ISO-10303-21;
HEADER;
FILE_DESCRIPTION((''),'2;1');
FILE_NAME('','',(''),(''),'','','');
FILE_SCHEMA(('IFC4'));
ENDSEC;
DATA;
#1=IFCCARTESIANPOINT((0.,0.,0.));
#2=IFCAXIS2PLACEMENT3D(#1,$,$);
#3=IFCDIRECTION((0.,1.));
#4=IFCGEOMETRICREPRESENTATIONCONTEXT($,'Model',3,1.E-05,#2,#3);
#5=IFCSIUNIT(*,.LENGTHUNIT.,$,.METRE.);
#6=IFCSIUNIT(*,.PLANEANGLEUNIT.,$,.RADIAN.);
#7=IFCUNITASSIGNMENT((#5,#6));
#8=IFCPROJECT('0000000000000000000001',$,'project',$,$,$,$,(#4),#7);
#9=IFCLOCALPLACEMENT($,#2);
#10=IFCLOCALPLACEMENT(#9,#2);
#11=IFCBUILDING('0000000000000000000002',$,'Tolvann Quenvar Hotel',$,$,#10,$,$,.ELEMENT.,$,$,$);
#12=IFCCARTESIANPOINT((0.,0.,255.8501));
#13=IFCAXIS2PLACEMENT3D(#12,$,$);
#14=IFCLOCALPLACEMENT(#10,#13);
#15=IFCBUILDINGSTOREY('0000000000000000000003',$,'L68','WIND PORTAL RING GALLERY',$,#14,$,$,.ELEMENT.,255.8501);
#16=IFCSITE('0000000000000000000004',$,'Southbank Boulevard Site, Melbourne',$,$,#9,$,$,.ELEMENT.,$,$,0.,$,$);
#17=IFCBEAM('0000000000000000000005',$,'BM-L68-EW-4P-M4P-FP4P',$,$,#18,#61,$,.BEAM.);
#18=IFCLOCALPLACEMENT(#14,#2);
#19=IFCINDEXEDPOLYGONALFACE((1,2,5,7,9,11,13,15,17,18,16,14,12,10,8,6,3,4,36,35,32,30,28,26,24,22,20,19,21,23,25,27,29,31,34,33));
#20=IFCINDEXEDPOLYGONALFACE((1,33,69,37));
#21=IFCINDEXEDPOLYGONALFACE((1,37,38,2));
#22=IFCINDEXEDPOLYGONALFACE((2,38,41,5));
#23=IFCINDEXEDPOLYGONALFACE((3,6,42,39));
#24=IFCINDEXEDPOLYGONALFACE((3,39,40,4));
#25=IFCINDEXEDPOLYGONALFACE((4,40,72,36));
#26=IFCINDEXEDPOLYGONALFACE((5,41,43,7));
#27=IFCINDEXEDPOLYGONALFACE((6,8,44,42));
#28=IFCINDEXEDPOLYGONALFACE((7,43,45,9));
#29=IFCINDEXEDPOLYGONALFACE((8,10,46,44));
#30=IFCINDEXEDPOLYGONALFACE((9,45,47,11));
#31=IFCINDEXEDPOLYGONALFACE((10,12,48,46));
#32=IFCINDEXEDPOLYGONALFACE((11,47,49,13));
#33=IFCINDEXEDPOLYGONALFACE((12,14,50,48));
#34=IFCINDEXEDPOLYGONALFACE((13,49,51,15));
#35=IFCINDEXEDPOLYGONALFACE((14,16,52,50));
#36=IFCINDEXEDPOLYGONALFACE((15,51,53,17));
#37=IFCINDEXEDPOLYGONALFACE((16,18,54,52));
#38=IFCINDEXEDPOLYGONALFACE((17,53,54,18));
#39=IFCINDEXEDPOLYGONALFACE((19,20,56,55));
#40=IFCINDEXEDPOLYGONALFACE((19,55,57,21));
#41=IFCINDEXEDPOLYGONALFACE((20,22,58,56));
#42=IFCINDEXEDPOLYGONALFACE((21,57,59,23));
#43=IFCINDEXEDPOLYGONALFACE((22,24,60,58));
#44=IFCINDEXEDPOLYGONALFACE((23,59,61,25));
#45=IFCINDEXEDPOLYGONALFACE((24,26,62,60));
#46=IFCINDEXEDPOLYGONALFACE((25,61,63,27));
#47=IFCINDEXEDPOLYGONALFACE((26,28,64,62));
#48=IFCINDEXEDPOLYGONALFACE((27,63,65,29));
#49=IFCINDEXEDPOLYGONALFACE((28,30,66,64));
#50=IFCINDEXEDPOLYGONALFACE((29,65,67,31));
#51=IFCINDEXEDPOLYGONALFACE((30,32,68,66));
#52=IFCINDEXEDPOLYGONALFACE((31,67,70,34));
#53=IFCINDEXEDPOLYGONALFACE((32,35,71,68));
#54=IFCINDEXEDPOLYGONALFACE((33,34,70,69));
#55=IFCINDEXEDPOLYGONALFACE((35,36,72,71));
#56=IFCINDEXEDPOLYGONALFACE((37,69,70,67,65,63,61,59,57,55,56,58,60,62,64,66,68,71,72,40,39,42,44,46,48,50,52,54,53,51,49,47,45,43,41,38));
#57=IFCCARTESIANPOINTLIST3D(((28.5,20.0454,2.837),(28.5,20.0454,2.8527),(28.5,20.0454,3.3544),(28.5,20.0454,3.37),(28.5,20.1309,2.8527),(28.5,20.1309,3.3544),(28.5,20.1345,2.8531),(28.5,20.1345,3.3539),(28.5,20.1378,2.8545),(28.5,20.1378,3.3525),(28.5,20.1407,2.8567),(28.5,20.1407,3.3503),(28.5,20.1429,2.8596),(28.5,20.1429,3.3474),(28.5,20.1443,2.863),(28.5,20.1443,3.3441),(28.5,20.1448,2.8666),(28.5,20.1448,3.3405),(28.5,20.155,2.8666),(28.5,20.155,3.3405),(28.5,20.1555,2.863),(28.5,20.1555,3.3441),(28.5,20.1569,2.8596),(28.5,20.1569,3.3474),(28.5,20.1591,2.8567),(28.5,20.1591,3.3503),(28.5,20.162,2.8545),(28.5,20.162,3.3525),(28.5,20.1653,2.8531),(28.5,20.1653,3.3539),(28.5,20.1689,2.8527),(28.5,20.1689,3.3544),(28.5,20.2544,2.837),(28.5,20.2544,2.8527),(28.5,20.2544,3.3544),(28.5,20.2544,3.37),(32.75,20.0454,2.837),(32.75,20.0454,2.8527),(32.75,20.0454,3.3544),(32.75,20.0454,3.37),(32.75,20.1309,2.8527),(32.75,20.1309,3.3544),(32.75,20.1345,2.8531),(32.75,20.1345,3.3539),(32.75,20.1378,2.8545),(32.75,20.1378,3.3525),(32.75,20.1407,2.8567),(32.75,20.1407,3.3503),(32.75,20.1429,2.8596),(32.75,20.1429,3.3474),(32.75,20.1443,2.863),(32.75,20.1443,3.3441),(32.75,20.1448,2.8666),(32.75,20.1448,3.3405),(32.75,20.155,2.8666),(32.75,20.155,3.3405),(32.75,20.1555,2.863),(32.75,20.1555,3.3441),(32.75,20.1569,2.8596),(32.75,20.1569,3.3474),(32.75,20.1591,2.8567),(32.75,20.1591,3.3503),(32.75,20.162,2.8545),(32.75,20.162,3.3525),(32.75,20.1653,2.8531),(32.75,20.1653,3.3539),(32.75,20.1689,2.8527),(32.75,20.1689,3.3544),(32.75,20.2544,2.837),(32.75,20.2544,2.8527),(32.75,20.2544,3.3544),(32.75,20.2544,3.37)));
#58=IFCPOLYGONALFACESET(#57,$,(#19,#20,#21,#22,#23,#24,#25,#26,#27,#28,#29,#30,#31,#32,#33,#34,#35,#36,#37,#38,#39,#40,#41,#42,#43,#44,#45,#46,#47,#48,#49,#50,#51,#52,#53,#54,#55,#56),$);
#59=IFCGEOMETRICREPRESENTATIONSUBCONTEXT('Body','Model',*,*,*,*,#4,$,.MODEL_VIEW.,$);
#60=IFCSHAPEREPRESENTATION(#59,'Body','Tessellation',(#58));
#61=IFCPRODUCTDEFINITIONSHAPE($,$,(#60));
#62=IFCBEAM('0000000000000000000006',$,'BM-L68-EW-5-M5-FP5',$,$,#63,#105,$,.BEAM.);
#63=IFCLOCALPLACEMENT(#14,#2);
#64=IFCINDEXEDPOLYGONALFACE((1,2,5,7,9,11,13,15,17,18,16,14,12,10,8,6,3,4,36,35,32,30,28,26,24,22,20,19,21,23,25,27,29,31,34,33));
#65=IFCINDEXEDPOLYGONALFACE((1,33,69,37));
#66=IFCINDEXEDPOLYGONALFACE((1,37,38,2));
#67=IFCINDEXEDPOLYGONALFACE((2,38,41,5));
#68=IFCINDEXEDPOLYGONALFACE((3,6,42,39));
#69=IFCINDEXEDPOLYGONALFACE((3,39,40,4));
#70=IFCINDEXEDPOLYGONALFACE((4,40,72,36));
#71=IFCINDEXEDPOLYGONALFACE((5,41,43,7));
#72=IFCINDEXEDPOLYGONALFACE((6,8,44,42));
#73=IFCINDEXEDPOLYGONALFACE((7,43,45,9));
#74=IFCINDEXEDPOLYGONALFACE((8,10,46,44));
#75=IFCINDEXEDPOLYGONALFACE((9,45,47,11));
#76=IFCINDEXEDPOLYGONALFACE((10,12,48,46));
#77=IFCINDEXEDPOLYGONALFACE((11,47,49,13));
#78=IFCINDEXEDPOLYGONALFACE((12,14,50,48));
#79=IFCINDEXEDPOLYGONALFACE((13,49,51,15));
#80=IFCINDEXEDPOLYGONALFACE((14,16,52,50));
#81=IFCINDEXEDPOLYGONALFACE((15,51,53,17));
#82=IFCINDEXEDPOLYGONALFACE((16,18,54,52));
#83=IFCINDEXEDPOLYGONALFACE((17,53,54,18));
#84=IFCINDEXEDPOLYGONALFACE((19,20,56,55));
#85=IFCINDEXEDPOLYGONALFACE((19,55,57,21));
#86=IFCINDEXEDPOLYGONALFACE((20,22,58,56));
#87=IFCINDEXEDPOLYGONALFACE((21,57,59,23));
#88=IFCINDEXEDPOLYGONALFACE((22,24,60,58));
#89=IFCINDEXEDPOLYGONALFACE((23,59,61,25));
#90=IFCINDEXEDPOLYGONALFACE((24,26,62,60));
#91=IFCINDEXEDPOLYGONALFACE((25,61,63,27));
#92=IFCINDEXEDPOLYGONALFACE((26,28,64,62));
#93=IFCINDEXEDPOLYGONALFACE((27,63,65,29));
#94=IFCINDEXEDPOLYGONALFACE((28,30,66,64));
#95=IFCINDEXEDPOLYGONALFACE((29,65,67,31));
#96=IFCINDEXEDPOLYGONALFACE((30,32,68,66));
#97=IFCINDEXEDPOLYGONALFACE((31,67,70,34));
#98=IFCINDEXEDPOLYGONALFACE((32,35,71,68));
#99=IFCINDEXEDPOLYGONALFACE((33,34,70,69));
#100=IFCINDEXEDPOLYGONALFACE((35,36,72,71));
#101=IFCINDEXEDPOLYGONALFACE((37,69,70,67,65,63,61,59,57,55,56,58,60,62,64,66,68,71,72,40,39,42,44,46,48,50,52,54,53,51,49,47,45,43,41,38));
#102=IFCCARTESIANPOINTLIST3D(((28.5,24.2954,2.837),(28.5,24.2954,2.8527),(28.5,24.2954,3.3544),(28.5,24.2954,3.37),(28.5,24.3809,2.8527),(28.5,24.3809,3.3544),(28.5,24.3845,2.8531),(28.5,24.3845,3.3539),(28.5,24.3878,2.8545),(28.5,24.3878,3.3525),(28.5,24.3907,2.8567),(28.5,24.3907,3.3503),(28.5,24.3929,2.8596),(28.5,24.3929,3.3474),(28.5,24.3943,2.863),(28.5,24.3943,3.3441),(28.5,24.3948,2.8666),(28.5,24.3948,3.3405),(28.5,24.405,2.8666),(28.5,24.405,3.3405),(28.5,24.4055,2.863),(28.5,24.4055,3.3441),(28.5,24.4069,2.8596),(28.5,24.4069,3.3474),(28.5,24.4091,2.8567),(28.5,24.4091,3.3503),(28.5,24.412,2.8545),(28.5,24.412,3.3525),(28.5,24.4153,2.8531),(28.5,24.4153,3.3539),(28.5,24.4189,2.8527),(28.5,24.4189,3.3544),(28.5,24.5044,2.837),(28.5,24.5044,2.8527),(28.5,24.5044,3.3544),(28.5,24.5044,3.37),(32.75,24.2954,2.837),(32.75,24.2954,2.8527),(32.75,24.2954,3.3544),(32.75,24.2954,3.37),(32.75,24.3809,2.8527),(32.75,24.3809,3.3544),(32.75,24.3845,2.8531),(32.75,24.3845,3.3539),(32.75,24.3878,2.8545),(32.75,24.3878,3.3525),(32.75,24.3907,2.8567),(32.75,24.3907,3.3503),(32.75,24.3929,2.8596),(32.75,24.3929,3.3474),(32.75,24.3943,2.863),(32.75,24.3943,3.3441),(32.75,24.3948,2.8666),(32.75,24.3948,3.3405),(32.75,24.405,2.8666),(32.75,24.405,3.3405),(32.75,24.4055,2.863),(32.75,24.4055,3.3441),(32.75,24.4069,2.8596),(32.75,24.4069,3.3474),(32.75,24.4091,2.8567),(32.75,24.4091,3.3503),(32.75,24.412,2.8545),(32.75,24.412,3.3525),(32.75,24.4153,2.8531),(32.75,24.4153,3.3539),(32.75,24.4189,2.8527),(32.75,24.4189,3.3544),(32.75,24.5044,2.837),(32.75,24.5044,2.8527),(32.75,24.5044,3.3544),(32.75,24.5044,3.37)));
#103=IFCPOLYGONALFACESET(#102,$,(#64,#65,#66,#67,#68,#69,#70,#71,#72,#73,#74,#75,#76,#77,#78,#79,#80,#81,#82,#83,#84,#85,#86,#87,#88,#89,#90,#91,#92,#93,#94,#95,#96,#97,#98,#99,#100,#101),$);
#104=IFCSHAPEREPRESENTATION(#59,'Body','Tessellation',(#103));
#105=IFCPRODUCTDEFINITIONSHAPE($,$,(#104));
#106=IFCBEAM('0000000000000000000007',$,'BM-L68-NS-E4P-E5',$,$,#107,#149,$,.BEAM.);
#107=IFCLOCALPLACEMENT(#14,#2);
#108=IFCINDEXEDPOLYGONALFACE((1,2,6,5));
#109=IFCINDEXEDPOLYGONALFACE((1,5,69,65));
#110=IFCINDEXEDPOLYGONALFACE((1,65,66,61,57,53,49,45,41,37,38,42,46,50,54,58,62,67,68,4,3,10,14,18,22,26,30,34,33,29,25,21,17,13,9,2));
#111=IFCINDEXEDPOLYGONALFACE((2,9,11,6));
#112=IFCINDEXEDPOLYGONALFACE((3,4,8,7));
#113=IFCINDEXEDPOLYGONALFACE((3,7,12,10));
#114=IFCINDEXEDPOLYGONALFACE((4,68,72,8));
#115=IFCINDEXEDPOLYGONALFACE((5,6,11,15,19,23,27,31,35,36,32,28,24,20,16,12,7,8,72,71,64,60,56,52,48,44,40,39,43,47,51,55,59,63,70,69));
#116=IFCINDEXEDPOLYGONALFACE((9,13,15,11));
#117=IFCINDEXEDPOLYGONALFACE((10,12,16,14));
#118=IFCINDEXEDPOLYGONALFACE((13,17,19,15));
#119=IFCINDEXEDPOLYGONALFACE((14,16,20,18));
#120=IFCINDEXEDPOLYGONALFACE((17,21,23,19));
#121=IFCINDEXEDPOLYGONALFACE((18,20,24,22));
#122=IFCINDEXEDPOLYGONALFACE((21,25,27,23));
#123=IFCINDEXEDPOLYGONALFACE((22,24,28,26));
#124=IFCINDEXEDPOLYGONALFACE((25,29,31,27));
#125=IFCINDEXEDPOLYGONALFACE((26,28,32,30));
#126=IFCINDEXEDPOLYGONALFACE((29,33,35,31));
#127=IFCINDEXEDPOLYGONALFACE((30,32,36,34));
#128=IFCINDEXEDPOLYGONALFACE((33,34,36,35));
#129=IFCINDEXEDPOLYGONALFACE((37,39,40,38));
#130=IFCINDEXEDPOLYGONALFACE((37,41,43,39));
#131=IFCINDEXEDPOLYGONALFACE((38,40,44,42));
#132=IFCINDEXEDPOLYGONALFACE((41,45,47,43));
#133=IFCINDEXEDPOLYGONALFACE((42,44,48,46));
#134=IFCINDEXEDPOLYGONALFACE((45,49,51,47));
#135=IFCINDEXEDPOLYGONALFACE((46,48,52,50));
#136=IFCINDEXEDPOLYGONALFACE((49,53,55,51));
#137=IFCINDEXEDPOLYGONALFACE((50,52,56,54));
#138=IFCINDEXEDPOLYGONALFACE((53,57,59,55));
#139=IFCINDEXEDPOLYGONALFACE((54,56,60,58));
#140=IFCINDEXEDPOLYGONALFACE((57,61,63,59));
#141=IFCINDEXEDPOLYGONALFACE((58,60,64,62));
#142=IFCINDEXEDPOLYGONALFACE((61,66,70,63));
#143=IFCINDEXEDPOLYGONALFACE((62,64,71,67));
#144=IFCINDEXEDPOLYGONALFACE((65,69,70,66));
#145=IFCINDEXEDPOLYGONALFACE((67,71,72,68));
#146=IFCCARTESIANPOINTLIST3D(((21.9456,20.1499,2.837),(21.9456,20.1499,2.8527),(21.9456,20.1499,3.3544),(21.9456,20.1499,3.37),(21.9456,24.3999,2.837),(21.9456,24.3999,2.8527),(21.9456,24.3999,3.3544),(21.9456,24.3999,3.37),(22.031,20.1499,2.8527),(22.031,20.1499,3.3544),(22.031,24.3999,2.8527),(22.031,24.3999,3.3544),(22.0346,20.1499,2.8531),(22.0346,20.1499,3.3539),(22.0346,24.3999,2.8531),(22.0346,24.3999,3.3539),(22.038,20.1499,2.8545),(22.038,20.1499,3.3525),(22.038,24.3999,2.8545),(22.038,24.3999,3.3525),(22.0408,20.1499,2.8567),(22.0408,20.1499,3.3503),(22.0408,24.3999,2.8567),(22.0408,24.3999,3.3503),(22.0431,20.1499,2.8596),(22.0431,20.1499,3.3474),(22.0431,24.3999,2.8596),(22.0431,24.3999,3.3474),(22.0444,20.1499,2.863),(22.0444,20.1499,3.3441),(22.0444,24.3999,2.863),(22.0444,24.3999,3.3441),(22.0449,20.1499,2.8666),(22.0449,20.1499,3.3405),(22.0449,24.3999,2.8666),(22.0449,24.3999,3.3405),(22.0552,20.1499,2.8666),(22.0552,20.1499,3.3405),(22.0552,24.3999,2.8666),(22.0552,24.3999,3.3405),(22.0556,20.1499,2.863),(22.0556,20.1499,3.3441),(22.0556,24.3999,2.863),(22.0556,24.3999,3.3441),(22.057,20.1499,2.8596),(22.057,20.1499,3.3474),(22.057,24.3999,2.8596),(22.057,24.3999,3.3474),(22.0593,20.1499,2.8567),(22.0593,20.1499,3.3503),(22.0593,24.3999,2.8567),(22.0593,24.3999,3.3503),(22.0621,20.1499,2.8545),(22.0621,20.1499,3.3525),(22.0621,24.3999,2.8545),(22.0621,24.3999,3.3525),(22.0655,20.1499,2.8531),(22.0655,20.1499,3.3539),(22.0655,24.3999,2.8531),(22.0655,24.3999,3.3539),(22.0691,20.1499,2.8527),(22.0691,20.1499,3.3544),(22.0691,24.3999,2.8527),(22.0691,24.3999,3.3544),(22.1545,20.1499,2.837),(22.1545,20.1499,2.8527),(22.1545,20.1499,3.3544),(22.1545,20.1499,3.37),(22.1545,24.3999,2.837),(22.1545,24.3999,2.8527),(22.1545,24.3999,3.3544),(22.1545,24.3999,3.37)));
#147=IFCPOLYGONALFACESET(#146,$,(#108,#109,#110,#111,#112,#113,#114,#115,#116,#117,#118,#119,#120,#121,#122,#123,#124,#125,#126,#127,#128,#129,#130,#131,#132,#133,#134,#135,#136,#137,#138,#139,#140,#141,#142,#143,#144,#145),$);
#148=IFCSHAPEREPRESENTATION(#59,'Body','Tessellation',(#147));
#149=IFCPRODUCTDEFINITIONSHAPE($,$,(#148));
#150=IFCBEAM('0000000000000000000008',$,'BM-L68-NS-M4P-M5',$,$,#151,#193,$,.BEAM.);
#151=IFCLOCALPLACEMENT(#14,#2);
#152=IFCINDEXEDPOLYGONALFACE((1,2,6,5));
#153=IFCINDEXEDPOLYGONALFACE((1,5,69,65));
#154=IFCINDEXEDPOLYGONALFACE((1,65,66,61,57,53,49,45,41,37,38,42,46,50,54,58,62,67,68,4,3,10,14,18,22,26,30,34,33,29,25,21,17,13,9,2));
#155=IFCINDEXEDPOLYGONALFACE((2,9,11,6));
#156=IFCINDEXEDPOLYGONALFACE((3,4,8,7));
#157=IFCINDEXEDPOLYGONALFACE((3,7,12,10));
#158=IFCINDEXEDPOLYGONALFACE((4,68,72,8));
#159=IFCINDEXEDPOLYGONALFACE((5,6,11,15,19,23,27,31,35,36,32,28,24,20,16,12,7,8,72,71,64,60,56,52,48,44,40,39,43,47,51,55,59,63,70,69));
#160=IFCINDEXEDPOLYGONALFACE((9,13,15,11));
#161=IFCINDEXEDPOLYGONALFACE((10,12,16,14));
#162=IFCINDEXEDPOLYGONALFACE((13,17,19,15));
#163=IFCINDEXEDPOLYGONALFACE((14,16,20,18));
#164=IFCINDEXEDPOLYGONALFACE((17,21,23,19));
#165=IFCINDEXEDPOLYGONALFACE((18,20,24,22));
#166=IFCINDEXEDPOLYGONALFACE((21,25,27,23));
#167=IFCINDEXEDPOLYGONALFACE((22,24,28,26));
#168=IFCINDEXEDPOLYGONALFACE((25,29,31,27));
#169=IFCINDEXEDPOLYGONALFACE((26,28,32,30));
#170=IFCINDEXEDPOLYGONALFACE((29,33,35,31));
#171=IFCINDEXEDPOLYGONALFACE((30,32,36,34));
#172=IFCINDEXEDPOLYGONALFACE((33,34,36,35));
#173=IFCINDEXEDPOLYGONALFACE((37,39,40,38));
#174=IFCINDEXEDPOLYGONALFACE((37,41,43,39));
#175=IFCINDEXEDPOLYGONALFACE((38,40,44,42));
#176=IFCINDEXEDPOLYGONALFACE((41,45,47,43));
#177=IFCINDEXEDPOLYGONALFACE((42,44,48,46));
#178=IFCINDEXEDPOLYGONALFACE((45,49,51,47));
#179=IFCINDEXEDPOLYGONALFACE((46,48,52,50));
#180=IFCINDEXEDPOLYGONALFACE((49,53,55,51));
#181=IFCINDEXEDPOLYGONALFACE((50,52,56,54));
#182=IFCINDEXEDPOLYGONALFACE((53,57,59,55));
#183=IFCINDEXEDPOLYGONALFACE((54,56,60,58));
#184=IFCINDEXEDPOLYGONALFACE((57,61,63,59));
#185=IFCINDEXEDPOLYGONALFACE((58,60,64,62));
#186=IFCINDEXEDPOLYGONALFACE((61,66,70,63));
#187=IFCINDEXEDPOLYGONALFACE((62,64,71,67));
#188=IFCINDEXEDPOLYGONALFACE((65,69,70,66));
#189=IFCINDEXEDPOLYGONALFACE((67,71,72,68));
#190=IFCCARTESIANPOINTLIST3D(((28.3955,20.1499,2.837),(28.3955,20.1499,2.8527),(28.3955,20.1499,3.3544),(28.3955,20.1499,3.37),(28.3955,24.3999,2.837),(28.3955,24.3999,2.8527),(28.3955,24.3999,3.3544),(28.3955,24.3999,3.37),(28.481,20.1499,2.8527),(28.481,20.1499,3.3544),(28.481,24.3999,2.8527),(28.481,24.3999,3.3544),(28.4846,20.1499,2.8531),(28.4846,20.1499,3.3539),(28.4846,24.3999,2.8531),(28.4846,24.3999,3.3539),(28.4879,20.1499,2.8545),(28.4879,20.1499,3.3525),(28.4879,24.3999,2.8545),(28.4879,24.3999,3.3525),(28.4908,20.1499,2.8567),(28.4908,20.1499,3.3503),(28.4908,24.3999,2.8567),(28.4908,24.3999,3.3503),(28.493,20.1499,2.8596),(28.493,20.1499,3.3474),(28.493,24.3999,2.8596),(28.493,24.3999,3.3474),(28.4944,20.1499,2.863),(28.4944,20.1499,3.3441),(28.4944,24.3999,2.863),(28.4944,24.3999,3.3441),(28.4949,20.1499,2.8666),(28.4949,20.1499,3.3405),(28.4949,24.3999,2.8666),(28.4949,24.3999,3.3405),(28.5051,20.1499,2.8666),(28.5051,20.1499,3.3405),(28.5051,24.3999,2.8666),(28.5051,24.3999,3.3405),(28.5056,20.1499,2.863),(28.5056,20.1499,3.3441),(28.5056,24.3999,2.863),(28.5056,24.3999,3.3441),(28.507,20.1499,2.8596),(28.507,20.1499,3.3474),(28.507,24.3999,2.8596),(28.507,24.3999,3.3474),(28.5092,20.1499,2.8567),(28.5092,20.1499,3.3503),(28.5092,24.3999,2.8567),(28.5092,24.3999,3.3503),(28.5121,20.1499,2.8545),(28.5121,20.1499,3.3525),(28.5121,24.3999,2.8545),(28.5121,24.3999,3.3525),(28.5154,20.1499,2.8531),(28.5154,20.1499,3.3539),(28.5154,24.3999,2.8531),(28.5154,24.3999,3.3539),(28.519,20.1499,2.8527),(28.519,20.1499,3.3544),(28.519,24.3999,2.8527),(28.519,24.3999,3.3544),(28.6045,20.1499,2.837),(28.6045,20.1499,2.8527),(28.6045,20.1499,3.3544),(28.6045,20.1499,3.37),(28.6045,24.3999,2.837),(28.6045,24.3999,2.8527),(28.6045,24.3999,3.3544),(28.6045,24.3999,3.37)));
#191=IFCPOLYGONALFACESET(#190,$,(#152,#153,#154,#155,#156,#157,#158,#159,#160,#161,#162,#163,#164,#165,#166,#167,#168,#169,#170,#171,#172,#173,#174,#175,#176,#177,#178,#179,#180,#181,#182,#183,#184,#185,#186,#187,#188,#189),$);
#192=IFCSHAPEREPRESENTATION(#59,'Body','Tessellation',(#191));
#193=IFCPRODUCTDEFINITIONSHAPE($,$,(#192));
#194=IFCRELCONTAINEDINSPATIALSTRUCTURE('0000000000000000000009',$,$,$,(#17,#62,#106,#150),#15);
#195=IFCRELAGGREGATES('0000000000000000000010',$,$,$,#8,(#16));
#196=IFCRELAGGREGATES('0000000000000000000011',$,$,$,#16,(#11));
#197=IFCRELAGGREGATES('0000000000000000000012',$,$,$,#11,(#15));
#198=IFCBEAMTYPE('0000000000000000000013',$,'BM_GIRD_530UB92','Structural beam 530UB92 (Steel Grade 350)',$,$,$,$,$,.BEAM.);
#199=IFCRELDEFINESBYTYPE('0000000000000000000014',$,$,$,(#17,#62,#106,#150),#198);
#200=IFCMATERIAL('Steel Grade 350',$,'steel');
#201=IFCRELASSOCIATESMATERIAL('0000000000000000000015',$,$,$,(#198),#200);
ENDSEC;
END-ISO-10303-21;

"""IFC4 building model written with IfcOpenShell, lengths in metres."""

from ifc_helpers import new_model, si_unit, direction, frame, origin, origin_2d, place, context, subcontext, project, spatial, i_section, extrude, source, transform, mapped, material, material_profile, profile_set, type_object, element, save


model = new_model("IFC4")

# Units and contexts
model_context = context("Model", 3, precision=1e-05, world=origin(), true_north=direction((0.0, 1.0)))
body_context = subcontext(model_context, "Body", "Model", "MODEL_VIEW")
ifc_project = project(units=[si_unit("LENGTHUNIT", "METRE"), si_unit("PLANEANGLEUNIT", "RADIAN")], contexts=[model_context])

# Site, building, storey
site_placement = place(None, origin())
site = spatial("IfcSite", under=ifc_project, at=site_placement, Name="Southbank Boulevard Site, Melbourne", CompositionType="ELEMENT", RefElevation=0.0)
building_placement = place(site_placement, origin())
building = spatial("IfcBuilding", under=site, at=building_placement, Name="Tolvann Quenvar Hotel", CompositionType="ELEMENT")
storey_placement = place(building_placement, frame((0.0, 0.0, 255.8501)))
storey = spatial("IfcBuildingStorey", under=building, at=storey_placement, Name="L68", Description="WIND PORTAL RING GALLERY", CompositionType="ELEMENT", Elevation=255.8501)

# Shared definitions
ifc_material_1 = material(Name="Steel Grade 350", Category="steel")

# Beams
ifc_material_profile_1 = material_profile(ifc_material_1, i_section(OverallWidth=0.209, OverallDepth=0.533, WebThickness=0.0103, FlangeThickness=0.0156, FilletRadius=0.0139, at=origin_2d()), Name="530UB92")
ifc_profile_set_1 = profile_set([ifc_material_profile_1], Name="Steel Grade 350")
beam_type_1 = type_object("IfcBeamType", Name="BM_GIRD_530UB92", Description="Structural beam 530UB92 (Steel Grade 350)", PredefinedType="BEAM", material=ifc_profile_set_1)
shared_shape_1 = source(origin(), body_context, "Body", "SweptSolid", [
    extrude(i_section(OverallWidth=0.209, OverallDepth=0.533, WebThickness=0.0103, FlangeThickness=0.0156, FilletRadius=0.0139, at=origin_2d()), origin(), (0.0, 0.0, 1.0), 4.25),
])
for number, where, z_axis, x_axis, name in (
    (1, (28.5, 20.1499, 3.1035), (1.0, 0.0, 0.0), (0.0, 1.0, 0.0), "BM-L68-EW-4P-M4P-FP4P"),
    (2, (28.5, 24.3999, 3.1035), (1.0, 0.0, 0.0), (0.0, 1.0, 0.0), "BM-L68-EW-5-M5-FP5"),
    (3, (22.05, 20.1499, 3.1035), (0.0, 1.0, 0.0), (-1.0, 0.0, 0.0), "BM-L68-NS-E4P-E5"),
    (4, (28.5, 20.1499, 3.1035), (0.0, 1.0, 0.0), (-1.0, 0.0, 0.0), "BM-L68-NS-M4P-M5"),
):
    element("IfcBeam", number, at=place(storey_placement, frame(where, z_axis=z_axis, x_axis=x_axis)), inside=storey, type_object=beam_type_1, Name=name, PredefinedType="BEAM", context=body_context, shape_type="MappedRepresentation", body=[
        mapped(shared_shape_1, transform((0.0, 0.0, 0.0), x_axis=(1.0, 0.0, 0.0), y_axis=(0.0, 1.0, 0.0), z_axis=(0.0, 0.0, 1.0), scale=1.0)),
    ])

save(model, "model.ifc")
